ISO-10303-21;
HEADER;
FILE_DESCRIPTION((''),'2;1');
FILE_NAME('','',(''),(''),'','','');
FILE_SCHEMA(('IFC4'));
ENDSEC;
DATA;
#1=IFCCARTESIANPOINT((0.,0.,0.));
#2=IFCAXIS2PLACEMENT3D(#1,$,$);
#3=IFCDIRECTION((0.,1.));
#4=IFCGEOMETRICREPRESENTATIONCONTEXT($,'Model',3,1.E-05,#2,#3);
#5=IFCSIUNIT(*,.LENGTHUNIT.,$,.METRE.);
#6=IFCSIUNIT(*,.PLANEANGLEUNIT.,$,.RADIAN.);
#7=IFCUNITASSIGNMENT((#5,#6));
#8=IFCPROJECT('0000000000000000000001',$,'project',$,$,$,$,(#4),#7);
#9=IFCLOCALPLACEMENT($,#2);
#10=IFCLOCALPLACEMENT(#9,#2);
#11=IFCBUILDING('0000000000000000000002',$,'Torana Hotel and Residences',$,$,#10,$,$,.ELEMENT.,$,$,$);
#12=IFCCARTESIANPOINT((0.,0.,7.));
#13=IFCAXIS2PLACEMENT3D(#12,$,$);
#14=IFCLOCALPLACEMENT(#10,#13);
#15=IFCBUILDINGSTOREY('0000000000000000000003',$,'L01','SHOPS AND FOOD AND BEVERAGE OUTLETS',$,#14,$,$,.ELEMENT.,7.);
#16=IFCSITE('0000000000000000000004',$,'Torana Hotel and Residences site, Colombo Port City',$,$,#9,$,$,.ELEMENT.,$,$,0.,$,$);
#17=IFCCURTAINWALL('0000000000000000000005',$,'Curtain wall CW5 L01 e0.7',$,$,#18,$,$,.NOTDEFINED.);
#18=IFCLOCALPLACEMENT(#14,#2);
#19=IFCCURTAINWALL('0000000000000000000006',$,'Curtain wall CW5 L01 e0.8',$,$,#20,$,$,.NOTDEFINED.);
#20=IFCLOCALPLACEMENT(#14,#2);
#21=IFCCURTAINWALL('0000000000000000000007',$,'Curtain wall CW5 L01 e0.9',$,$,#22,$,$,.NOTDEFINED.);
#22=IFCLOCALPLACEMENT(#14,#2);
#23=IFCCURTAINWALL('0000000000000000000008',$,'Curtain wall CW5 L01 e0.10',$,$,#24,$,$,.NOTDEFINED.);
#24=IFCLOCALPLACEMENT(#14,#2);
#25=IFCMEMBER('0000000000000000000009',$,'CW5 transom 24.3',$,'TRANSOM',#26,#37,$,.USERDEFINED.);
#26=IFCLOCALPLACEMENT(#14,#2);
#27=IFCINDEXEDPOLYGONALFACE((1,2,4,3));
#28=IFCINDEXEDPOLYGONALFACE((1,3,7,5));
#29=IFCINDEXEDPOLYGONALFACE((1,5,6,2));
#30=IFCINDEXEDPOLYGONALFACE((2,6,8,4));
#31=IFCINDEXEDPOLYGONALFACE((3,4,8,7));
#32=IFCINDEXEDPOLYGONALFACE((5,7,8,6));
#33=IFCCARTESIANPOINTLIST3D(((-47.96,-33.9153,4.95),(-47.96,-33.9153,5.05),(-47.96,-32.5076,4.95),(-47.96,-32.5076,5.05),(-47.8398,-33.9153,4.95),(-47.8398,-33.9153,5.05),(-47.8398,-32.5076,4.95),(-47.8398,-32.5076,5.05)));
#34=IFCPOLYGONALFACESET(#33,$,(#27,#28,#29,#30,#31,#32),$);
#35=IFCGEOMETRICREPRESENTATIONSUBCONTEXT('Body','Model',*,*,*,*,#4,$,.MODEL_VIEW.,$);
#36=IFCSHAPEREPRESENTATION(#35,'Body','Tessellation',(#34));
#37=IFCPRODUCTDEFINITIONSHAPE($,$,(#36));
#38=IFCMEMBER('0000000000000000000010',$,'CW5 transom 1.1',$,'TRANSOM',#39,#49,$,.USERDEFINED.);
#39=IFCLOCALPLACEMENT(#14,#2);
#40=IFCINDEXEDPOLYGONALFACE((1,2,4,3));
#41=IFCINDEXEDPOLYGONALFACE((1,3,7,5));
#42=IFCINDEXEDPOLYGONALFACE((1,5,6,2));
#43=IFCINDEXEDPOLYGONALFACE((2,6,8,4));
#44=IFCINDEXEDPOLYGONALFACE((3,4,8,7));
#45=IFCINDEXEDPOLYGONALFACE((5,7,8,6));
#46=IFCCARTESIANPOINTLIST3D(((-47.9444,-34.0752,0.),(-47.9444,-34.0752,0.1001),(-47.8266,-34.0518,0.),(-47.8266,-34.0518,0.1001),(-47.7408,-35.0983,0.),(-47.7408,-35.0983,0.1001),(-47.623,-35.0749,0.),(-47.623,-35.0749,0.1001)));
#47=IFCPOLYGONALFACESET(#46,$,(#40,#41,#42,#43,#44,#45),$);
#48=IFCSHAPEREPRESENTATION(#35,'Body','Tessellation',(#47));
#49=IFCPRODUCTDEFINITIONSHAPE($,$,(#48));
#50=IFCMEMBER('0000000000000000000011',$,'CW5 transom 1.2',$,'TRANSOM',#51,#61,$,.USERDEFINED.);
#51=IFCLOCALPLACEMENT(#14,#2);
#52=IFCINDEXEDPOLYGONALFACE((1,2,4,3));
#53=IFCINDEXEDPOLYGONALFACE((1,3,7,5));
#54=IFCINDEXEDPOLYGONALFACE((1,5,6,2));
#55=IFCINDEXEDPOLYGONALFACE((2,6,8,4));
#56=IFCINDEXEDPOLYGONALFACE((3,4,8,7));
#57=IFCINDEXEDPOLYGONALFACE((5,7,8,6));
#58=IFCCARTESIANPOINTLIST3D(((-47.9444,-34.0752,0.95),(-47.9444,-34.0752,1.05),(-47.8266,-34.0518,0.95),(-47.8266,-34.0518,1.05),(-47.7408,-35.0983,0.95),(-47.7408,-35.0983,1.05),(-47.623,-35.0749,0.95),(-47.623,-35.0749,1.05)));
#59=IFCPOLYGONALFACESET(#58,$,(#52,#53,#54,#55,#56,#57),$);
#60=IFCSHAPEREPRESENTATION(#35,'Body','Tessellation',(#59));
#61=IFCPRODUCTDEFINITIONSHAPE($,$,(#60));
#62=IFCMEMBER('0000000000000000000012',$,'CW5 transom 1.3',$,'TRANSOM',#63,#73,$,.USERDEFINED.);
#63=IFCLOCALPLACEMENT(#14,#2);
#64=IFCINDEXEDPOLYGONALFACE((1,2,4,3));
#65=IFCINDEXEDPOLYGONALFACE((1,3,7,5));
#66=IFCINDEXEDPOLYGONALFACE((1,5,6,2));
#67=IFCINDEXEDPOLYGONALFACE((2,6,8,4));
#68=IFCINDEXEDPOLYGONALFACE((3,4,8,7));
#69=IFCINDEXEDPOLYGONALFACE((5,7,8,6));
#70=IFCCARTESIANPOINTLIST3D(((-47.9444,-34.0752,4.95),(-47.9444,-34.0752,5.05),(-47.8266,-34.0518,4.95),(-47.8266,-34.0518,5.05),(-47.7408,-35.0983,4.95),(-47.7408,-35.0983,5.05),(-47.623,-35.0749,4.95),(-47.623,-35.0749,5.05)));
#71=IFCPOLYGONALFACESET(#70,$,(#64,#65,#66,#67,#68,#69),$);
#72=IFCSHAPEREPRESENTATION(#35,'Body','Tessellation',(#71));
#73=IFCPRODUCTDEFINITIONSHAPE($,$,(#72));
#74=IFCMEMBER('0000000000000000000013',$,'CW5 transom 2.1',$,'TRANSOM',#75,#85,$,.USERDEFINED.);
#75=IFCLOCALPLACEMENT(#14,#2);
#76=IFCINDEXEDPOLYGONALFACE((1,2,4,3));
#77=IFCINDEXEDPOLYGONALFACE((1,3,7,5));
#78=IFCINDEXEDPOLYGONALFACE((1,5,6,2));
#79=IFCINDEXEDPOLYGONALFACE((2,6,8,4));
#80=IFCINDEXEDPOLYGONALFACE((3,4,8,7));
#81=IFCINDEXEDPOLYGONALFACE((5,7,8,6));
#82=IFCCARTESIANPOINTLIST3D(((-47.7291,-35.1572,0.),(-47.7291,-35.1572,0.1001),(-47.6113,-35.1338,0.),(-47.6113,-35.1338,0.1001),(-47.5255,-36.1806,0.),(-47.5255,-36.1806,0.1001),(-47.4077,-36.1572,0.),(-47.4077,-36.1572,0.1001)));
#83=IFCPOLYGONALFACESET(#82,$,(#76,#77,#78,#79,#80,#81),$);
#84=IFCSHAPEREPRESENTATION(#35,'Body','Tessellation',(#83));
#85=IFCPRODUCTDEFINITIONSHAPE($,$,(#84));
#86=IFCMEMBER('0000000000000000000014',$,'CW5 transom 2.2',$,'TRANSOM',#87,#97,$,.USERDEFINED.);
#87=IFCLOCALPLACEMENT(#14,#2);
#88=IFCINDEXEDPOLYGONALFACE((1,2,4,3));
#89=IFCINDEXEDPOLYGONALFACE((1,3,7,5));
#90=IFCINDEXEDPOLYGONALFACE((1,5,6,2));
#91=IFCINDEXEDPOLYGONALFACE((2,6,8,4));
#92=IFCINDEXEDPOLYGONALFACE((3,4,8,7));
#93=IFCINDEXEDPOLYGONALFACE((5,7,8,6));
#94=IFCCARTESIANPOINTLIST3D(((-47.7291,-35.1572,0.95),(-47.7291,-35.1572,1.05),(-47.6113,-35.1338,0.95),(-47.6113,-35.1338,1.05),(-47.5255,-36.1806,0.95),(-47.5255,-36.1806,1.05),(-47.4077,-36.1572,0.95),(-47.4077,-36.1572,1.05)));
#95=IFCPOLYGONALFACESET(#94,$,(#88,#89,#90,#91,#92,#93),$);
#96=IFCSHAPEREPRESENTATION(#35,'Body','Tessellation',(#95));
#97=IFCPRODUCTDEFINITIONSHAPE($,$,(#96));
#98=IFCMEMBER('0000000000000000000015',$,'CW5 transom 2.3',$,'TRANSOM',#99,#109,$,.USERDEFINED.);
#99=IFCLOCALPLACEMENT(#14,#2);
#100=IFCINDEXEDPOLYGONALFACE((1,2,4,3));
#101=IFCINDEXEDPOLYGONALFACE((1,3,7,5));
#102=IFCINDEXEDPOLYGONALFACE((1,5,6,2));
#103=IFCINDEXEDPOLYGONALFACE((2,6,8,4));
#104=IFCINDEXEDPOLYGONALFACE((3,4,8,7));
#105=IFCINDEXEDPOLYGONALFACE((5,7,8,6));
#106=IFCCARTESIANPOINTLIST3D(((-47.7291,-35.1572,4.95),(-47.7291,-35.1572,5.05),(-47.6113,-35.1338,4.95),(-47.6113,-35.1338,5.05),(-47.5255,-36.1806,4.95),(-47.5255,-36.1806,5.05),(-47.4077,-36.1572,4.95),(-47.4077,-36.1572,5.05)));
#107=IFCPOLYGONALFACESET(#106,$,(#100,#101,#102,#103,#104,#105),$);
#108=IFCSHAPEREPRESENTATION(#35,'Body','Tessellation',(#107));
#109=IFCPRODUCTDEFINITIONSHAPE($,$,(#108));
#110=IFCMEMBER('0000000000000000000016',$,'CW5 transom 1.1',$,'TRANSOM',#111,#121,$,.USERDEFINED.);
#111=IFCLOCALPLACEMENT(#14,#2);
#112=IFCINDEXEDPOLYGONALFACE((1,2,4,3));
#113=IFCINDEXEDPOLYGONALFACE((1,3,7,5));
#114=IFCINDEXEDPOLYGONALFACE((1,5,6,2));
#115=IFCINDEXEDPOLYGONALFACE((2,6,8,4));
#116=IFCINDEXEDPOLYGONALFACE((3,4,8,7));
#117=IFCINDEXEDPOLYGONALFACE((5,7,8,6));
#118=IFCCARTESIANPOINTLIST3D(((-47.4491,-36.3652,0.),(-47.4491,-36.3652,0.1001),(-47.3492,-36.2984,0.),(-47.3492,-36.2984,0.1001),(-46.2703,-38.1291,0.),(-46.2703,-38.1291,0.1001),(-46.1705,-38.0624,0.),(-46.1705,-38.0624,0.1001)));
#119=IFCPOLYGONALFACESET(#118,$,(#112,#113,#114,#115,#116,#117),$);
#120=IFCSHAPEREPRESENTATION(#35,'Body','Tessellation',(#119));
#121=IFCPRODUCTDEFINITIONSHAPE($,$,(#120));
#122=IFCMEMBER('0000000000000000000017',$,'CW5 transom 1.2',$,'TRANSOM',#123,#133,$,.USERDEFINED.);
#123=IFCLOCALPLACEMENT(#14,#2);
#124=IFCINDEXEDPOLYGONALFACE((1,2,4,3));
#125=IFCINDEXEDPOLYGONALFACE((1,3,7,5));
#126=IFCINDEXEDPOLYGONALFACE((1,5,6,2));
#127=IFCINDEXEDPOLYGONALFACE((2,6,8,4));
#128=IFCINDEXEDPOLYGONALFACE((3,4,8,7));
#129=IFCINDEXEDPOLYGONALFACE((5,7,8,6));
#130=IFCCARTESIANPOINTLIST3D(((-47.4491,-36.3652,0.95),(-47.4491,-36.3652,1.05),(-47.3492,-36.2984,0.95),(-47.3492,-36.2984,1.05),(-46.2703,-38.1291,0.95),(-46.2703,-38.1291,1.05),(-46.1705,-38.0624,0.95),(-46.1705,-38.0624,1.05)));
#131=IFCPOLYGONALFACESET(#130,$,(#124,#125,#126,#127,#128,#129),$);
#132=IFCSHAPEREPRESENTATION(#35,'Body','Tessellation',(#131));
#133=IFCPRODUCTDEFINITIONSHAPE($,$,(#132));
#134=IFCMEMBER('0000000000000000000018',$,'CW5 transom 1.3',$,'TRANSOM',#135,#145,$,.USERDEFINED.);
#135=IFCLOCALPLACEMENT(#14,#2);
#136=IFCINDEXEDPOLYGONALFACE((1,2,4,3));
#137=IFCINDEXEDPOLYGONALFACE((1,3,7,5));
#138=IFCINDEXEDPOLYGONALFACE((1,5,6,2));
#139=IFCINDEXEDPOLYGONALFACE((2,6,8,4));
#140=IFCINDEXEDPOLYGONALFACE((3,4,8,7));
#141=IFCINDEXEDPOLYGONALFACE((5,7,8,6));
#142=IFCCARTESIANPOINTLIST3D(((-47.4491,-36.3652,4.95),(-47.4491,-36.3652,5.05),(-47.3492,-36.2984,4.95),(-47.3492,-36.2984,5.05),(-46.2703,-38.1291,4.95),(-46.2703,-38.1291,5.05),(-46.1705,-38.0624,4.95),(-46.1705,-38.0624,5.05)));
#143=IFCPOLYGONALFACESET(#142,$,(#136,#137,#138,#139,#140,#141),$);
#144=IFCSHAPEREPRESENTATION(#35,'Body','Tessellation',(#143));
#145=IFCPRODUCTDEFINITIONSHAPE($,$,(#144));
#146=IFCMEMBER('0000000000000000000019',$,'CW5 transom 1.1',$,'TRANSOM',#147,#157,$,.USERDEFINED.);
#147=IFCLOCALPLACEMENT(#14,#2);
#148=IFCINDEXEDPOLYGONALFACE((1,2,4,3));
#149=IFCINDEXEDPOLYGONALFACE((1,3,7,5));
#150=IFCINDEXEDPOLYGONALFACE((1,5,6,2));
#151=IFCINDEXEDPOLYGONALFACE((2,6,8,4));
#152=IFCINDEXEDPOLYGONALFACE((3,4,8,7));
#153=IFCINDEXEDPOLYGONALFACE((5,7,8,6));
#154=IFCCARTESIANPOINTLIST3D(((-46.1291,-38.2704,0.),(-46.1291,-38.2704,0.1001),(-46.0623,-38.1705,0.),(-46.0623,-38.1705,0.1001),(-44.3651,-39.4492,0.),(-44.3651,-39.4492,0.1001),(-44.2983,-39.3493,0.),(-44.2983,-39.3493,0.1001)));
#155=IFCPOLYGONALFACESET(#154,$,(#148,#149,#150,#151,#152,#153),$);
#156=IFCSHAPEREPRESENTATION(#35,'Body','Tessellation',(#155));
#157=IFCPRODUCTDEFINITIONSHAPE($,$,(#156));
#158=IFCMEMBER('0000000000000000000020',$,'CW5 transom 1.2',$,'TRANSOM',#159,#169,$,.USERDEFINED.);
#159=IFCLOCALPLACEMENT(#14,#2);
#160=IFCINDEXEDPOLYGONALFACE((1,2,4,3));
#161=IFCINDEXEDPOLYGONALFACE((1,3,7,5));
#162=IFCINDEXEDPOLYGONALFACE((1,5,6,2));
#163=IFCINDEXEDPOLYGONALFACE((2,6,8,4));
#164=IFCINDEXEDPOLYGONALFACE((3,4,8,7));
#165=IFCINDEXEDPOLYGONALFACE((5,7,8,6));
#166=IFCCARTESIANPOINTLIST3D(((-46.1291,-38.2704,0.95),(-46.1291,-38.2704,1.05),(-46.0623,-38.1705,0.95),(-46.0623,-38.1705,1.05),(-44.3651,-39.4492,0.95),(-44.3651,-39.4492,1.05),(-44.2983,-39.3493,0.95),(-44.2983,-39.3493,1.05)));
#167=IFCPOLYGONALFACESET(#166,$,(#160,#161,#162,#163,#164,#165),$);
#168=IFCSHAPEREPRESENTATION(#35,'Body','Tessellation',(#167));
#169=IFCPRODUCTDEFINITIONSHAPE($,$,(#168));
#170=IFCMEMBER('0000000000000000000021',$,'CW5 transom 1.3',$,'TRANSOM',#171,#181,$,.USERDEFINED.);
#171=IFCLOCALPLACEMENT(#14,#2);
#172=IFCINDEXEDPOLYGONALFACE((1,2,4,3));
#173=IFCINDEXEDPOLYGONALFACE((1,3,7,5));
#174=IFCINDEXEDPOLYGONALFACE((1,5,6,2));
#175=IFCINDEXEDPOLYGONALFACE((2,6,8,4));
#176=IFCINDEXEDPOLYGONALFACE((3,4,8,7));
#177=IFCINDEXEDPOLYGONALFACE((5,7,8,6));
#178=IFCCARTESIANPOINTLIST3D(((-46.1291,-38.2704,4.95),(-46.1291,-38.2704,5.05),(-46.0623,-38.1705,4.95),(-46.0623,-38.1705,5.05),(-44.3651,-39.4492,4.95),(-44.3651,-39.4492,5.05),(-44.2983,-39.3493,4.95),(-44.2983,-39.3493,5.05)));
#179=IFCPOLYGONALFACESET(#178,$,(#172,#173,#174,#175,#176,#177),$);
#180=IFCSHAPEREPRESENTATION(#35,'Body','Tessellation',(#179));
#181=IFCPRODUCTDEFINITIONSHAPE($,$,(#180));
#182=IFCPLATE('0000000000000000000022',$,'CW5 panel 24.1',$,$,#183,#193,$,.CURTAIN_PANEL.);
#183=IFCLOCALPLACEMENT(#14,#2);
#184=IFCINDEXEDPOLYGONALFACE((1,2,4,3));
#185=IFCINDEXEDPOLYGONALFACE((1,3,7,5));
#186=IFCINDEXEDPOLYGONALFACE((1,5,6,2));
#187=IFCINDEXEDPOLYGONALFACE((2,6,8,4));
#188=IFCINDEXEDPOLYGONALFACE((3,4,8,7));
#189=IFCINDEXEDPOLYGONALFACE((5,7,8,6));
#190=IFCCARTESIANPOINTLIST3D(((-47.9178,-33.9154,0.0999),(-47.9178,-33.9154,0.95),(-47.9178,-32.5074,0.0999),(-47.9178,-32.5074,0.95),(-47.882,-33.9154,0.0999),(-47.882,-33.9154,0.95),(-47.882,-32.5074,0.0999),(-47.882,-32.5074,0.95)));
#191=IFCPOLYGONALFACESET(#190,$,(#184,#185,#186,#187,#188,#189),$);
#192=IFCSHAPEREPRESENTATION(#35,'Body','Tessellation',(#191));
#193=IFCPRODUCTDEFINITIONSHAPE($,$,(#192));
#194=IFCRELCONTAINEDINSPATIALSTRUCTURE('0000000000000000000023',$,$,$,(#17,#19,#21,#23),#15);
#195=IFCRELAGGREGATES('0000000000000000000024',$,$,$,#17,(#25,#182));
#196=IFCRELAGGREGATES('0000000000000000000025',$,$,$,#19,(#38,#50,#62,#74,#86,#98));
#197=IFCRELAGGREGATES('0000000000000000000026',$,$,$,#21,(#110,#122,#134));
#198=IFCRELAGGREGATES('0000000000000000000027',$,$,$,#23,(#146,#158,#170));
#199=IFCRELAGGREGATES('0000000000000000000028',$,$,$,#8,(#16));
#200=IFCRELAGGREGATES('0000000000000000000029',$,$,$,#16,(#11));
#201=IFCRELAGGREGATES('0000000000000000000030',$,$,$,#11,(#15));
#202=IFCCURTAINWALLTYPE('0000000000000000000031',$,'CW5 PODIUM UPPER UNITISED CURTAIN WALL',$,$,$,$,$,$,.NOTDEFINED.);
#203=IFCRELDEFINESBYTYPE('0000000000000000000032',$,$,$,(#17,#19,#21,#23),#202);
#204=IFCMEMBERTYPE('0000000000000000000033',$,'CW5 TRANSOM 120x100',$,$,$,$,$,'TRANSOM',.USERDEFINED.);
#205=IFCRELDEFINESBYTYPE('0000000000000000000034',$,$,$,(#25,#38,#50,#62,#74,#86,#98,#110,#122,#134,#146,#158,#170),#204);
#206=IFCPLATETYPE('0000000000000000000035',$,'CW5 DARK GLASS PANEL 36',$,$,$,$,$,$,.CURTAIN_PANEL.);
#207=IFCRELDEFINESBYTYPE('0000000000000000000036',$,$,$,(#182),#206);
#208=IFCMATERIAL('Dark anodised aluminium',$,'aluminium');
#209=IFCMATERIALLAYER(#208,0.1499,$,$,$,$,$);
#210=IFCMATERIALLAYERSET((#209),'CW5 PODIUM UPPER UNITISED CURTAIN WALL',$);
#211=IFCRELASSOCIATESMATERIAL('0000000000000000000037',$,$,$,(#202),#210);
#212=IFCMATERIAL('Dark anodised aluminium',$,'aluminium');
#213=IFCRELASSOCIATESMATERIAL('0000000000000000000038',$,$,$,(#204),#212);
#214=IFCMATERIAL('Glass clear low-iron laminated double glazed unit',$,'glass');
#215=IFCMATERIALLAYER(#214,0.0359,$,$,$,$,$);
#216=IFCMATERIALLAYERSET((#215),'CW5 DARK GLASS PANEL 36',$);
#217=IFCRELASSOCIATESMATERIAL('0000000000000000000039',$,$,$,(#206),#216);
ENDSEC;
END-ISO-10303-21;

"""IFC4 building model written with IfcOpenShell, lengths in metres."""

from ifc_helpers import new_model, si_unit, direction, frame, origin, origin_2d, place, context, subcontext, project, spatial, rectangle, extrude, material, layer, layer_set, material_profile, profile_set, type_object, element, aggregate, save


model = new_model("IFC4")

# Units and contexts
model_context = context("Model", 3, precision=1e-05, world=origin(), true_north=direction((0.0, 1.0)))
body_context = subcontext(model_context, "Body", "Model", "MODEL_VIEW")
ifc_project = project(units=[si_unit("LENGTHUNIT", "METRE"), si_unit("PLANEANGLEUNIT", "RADIAN")], contexts=[model_context])

# Site, building, storey
site_placement = place(None, origin())
site = spatial("IfcSite", under=ifc_project, at=site_placement, Name="Torana Hotel and Residences site, Colombo Port City", CompositionType="ELEMENT", RefElevation=0.0)
building_placement = place(site_placement, origin())
building = spatial("IfcBuilding", under=site, at=building_placement, Name="Torana Hotel and Residences", CompositionType="ELEMENT")
storey_placement = place(building_placement, frame((0.0, 0.0, 7.0)))
storey = spatial("IfcBuildingStorey", under=building, at=storey_placement, Name="L01", Description="SHOPS AND FOOD AND BEVERAGE OUTLETS", CompositionType="ELEMENT", Elevation=7.0)

# Curtain walls
ifc_material_1 = material(Name="Dark anodised aluminium", Category="aluminium")
ifc_layer_1 = layer(ifc_material_1, 0.1499)
ifc_layer_set_1 = layer_set([ifc_layer_1], Name="CW5 PODIUM UPPER UNITISED CURTAIN WALL")
curtain_wall_type = type_object("IfcCurtainWallType", Name="CW5 PODIUM UPPER UNITISED CURTAIN WALL", PredefinedType="NOTDEFINED", material=ifc_layer_set_1)
curtain_wall_1_placement = place(storey_placement, origin())
curtain_wall_1 = element("IfcCurtainWall", 1, at=curtain_wall_1_placement, inside=storey, type_object=curtain_wall_type, Name="Curtain wall CW5 L01 e0.7", PredefinedType="NOTDEFINED")
curtain_wall_2_placement = place(storey_placement, origin())
curtain_wall_2 = element("IfcCurtainWall", 2, at=curtain_wall_2_placement, inside=storey, type_object=curtain_wall_type, Name="Curtain wall CW5 L01 e0.8", PredefinedType="NOTDEFINED")
curtain_wall_3_placement = place(storey_placement, origin())
curtain_wall_3 = element("IfcCurtainWall", 3, at=curtain_wall_3_placement, inside=storey, type_object=curtain_wall_type, Name="Curtain wall CW5 L01 e0.9", PredefinedType="NOTDEFINED")

# Curtain wall
curtain_wall_4_placement = place(storey_placement, origin())
curtain_wall_4 = element("IfcCurtainWall", 4, at=curtain_wall_4_placement, inside=storey, type_object=curtain_wall_type, Name="Curtain wall CW5 L01 e0.10", PredefinedType="NOTDEFINED")

# Members
ifc_material_2 = material(Name="Dark anodised aluminium", Category="aluminium")
ifc_material_profile_1 = material_profile(ifc_material_2, rectangle(XDim=0.1201, YDim=0.1001, at=origin_2d()), Name="CW5 TRANSOM 120x100")
ifc_profile_set_1 = profile_set([ifc_material_profile_1], Name="Dark anodised aluminium")
member_type_1 = type_object("IfcMemberType", Name="CW5 TRANSOM 120x100", ElementType="TRANSOM", PredefinedType="USERDEFINED", material=ifc_profile_set_1)
member_1_placement = place(storey_placement, frame((-47.8999, -32.5076, 5.0), z_axis=(0.0, -1.0, 0.0), x_axis=(1.0, 0.0, 0.0)))
member_1 = element("IfcMember", 5, at=member_1_placement, type_object=member_type_1, Name="CW5 transom 24.3", ObjectType="TRANSOM", PredefinedType="USERDEFINED", context=body_context, shape_type="SweptSolid", body=[
    extrude(rectangle(XDim=0.1201, YDim=0.1001, at=origin_2d()), origin(), (0.0, 0.0, 1.0), 1.4077),
])
member_2_placement = place(storey_placement, frame((-47.8855, -34.0635, 0.05), z_axis=(0.195171, -0.980769, 0.0), x_axis=(0.980769, 0.195171, 0.0)))
member_2 = element("IfcMember", 6, at=member_2_placement, type_object=member_type_1, Name="CW5 transom 1.1", ObjectType="TRANSOM", PredefinedType="USERDEFINED", context=body_context, shape_type="SweptSolid", body=[
    extrude(rectangle(XDim=0.1201, YDim=0.1001, at=origin_2d()), origin(), (0.0, 0.0, 1.0), 1.0432),
])
member_3_placement = place(storey_placement, frame((-47.8855, -34.0635, 1.0), z_axis=(0.195171, -0.980769, 0.0), x_axis=(0.980769, 0.195171, 0.0)))
member_3 = element("IfcMember", 7, at=member_3_placement, type_object=member_type_1, Name="CW5 transom 1.2", ObjectType="TRANSOM", PredefinedType="USERDEFINED", context=body_context, shape_type="SweptSolid", body=[
    extrude(rectangle(XDim=0.1201, YDim=0.1001, at=origin_2d()), origin(), (0.0, 0.0, 1.0), 1.0432),
])
member_4_placement = place(storey_placement, frame((-47.8855, -34.0635, 5.0), z_axis=(0.195171, -0.980769, 0.0), x_axis=(0.980769, 0.195171, 0.0)))
member_4 = element("IfcMember", 8, at=member_4_placement, type_object=member_type_1, Name="CW5 transom 1.3", ObjectType="TRANSOM", PredefinedType="USERDEFINED", context=body_context, shape_type="SweptSolid", body=[
    extrude(rectangle(XDim=0.1201, YDim=0.1001, at=origin_2d()), origin(), (0.0, 0.0, 1.0), 1.0432),
])
member_5_placement = place(storey_placement, frame((-47.6702, -35.1455, 0.05), z_axis=(0.195126, -0.980778, 0.0), x_axis=(0.980778, 0.195126, 0.0)))
member_5 = element("IfcMember", 9, at=member_5_placement, type_object=member_type_1, Name="CW5 transom 2.1", ObjectType="TRANSOM", PredefinedType="USERDEFINED", context=body_context, shape_type="SweptSolid", body=[
    extrude(rectangle(XDim=0.1201, YDim=0.1001, at=origin_2d()), origin(), (0.0, 0.0, 1.0), 1.0435),
])
member_6_placement = place(storey_placement, frame((-47.6702, -35.1455, 1.0), z_axis=(0.195126, -0.980778, 0.0), x_axis=(0.980778, 0.195126, 0.0)))
member_6 = element("IfcMember", 10, at=member_6_placement, type_object=member_type_1, Name="CW5 transom 2.2", ObjectType="TRANSOM", PredefinedType="USERDEFINED", context=body_context, shape_type="SweptSolid", body=[
    extrude(rectangle(XDim=0.1201, YDim=0.1001, at=origin_2d()), origin(), (0.0, 0.0, 1.0), 1.0435),
])
member_7_placement = place(storey_placement, frame((-47.6702, -35.1455, 5.0), z_axis=(0.195126, -0.980778, 0.0), x_axis=(0.980778, 0.195126, 0.0)))
member_7 = element("IfcMember", 11, at=member_7_placement, type_object=member_type_1, Name="CW5 transom 2.3", ObjectType="TRANSOM", PredefinedType="USERDEFINED", context=body_context, shape_type="SweptSolid", body=[
    extrude(rectangle(XDim=0.1201, YDim=0.1001, at=origin_2d()), origin(), (0.0, 0.0, 1.0), 1.0435),
])
member_8_placement = place(storey_placement, frame((-47.3992, -36.3318, 0.05), z_axis=(0.555603, -0.831448, 0.0), x_axis=(0.831448, 0.555603, 0.0)))
member_8 = element("IfcMember", 12, at=member_8_placement, type_object=member_type_1, Name="CW5 transom 1.1", ObjectType="TRANSOM", PredefinedType="USERDEFINED", context=body_context, shape_type="SweptSolid", body=[
    extrude(rectangle(XDim=0.1201, YDim=0.1001, at=origin_2d()), origin(), (0.0, 0.0, 1.0), 2.1216),
])
member_9_placement = place(storey_placement, frame((-47.3992, -36.3318, 1.0), z_axis=(0.555603, -0.831448, 0.0), x_axis=(0.831448, 0.555603, 0.0)))
member_9 = element("IfcMember", 13, at=member_9_placement, type_object=member_type_1, Name="CW5 transom 1.2", ObjectType="TRANSOM", PredefinedType="USERDEFINED", context=body_context, shape_type="SweptSolid", body=[
    extrude(rectangle(XDim=0.1201, YDim=0.1001, at=origin_2d()), origin(), (0.0, 0.0, 1.0), 2.1216),
])
member_10_placement = place(storey_placement, frame((-47.3992, -36.3318, 5.0), z_axis=(0.555603, -0.831448, 0.0), x_axis=(0.831448, 0.555603, 0.0)))
member_10 = element("IfcMember", 14, at=member_10_placement, type_object=member_type_1, Name="CW5 transom 1.3", ObjectType="TRANSOM", PredefinedType="USERDEFINED", context=body_context, shape_type="SweptSolid", body=[
    extrude(rectangle(XDim=0.1201, YDim=0.1001, at=origin_2d()), origin(), (0.0, 0.0, 1.0), 2.1216),
])
member_11_placement = place(storey_placement, frame((-46.0957, -38.2205, 0.05), z_axis=(0.831448, -0.555603, 0.0), x_axis=(0.555603, 0.831448, 0.0)))
member_11 = element("IfcMember", 15, at=member_11_placement, type_object=member_type_1, Name="CW5 transom 1.1", ObjectType="TRANSOM", PredefinedType="USERDEFINED", context=body_context, shape_type="SweptSolid", body=[
    extrude(rectangle(XDim=0.1201, YDim=0.1001, at=origin_2d()), origin(), (0.0, 0.0, 1.0), 2.1216),
])
member_12_placement = place(storey_placement, frame((-46.0957, -38.2205, 1.0), z_axis=(0.831448, -0.555603, 0.0), x_axis=(0.555603, 0.831448, 0.0)))
member_12 = element("IfcMember", 16, at=member_12_placement, type_object=member_type_1, Name="CW5 transom 1.2", ObjectType="TRANSOM", PredefinedType="USERDEFINED", context=body_context, shape_type="SweptSolid", body=[
    extrude(rectangle(XDim=0.1201, YDim=0.1001, at=origin_2d()), origin(), (0.0, 0.0, 1.0), 2.1216),
])
member_13_placement = place(storey_placement, frame((-46.0957, -38.2205, 5.0), z_axis=(0.831448, -0.555603, 0.0), x_axis=(0.555603, 0.831448, 0.0)))
member_13 = element("IfcMember", 17, at=member_13_placement, type_object=member_type_1, Name="CW5 transom 1.3", ObjectType="TRANSOM", PredefinedType="USERDEFINED", context=body_context, shape_type="SweptSolid", body=[
    extrude(rectangle(XDim=0.1201, YDim=0.1001, at=origin_2d()), origin(), (0.0, 0.0, 1.0), 2.1216),
])

# Plate
ifc_material_3 = material(Name="Glass clear low-iron laminated double glazed unit", Category="glass")
ifc_layer_2 = layer(ifc_material_3, 0.0359)
ifc_layer_set_2 = layer_set([ifc_layer_2], Name="CW5 DARK GLASS PANEL 36")
plate_type = type_object("IfcPlateType", Name="CW5 DARK GLASS PANEL 36", PredefinedType="CURTAIN_PANEL", material=ifc_layer_set_2)
plate_1_placement = place(storey_placement, frame((-47.8999, -33.2114, 0.0999), z_axis=(0.0, 0.0, 1.0), x_axis=(0.0, -1.0, 0.0)))
plate_1 = element("IfcPlate", 18, at=plate_1_placement, type_object=plate_type, Name="CW5 panel 24.1", PredefinedType="CURTAIN_PANEL", context=body_context, shape_type="SweptSolid", body=[
    extrude(rectangle(XDim=1.408, YDim=0.0359, at=origin_2d()), origin(), (0.0, 0.0, 1.0), 0.8501),
])
aggregate(curtain_wall_1, [member_1, plate_1])
aggregate(curtain_wall_2, [member_2, member_3, member_4, member_5, member_6, member_7])
aggregate(curtain_wall_3, [member_8, member_9, member_10])
aggregate(curtain_wall_4, [member_11, member_12, member_13])

save(model, "model.ifc")
